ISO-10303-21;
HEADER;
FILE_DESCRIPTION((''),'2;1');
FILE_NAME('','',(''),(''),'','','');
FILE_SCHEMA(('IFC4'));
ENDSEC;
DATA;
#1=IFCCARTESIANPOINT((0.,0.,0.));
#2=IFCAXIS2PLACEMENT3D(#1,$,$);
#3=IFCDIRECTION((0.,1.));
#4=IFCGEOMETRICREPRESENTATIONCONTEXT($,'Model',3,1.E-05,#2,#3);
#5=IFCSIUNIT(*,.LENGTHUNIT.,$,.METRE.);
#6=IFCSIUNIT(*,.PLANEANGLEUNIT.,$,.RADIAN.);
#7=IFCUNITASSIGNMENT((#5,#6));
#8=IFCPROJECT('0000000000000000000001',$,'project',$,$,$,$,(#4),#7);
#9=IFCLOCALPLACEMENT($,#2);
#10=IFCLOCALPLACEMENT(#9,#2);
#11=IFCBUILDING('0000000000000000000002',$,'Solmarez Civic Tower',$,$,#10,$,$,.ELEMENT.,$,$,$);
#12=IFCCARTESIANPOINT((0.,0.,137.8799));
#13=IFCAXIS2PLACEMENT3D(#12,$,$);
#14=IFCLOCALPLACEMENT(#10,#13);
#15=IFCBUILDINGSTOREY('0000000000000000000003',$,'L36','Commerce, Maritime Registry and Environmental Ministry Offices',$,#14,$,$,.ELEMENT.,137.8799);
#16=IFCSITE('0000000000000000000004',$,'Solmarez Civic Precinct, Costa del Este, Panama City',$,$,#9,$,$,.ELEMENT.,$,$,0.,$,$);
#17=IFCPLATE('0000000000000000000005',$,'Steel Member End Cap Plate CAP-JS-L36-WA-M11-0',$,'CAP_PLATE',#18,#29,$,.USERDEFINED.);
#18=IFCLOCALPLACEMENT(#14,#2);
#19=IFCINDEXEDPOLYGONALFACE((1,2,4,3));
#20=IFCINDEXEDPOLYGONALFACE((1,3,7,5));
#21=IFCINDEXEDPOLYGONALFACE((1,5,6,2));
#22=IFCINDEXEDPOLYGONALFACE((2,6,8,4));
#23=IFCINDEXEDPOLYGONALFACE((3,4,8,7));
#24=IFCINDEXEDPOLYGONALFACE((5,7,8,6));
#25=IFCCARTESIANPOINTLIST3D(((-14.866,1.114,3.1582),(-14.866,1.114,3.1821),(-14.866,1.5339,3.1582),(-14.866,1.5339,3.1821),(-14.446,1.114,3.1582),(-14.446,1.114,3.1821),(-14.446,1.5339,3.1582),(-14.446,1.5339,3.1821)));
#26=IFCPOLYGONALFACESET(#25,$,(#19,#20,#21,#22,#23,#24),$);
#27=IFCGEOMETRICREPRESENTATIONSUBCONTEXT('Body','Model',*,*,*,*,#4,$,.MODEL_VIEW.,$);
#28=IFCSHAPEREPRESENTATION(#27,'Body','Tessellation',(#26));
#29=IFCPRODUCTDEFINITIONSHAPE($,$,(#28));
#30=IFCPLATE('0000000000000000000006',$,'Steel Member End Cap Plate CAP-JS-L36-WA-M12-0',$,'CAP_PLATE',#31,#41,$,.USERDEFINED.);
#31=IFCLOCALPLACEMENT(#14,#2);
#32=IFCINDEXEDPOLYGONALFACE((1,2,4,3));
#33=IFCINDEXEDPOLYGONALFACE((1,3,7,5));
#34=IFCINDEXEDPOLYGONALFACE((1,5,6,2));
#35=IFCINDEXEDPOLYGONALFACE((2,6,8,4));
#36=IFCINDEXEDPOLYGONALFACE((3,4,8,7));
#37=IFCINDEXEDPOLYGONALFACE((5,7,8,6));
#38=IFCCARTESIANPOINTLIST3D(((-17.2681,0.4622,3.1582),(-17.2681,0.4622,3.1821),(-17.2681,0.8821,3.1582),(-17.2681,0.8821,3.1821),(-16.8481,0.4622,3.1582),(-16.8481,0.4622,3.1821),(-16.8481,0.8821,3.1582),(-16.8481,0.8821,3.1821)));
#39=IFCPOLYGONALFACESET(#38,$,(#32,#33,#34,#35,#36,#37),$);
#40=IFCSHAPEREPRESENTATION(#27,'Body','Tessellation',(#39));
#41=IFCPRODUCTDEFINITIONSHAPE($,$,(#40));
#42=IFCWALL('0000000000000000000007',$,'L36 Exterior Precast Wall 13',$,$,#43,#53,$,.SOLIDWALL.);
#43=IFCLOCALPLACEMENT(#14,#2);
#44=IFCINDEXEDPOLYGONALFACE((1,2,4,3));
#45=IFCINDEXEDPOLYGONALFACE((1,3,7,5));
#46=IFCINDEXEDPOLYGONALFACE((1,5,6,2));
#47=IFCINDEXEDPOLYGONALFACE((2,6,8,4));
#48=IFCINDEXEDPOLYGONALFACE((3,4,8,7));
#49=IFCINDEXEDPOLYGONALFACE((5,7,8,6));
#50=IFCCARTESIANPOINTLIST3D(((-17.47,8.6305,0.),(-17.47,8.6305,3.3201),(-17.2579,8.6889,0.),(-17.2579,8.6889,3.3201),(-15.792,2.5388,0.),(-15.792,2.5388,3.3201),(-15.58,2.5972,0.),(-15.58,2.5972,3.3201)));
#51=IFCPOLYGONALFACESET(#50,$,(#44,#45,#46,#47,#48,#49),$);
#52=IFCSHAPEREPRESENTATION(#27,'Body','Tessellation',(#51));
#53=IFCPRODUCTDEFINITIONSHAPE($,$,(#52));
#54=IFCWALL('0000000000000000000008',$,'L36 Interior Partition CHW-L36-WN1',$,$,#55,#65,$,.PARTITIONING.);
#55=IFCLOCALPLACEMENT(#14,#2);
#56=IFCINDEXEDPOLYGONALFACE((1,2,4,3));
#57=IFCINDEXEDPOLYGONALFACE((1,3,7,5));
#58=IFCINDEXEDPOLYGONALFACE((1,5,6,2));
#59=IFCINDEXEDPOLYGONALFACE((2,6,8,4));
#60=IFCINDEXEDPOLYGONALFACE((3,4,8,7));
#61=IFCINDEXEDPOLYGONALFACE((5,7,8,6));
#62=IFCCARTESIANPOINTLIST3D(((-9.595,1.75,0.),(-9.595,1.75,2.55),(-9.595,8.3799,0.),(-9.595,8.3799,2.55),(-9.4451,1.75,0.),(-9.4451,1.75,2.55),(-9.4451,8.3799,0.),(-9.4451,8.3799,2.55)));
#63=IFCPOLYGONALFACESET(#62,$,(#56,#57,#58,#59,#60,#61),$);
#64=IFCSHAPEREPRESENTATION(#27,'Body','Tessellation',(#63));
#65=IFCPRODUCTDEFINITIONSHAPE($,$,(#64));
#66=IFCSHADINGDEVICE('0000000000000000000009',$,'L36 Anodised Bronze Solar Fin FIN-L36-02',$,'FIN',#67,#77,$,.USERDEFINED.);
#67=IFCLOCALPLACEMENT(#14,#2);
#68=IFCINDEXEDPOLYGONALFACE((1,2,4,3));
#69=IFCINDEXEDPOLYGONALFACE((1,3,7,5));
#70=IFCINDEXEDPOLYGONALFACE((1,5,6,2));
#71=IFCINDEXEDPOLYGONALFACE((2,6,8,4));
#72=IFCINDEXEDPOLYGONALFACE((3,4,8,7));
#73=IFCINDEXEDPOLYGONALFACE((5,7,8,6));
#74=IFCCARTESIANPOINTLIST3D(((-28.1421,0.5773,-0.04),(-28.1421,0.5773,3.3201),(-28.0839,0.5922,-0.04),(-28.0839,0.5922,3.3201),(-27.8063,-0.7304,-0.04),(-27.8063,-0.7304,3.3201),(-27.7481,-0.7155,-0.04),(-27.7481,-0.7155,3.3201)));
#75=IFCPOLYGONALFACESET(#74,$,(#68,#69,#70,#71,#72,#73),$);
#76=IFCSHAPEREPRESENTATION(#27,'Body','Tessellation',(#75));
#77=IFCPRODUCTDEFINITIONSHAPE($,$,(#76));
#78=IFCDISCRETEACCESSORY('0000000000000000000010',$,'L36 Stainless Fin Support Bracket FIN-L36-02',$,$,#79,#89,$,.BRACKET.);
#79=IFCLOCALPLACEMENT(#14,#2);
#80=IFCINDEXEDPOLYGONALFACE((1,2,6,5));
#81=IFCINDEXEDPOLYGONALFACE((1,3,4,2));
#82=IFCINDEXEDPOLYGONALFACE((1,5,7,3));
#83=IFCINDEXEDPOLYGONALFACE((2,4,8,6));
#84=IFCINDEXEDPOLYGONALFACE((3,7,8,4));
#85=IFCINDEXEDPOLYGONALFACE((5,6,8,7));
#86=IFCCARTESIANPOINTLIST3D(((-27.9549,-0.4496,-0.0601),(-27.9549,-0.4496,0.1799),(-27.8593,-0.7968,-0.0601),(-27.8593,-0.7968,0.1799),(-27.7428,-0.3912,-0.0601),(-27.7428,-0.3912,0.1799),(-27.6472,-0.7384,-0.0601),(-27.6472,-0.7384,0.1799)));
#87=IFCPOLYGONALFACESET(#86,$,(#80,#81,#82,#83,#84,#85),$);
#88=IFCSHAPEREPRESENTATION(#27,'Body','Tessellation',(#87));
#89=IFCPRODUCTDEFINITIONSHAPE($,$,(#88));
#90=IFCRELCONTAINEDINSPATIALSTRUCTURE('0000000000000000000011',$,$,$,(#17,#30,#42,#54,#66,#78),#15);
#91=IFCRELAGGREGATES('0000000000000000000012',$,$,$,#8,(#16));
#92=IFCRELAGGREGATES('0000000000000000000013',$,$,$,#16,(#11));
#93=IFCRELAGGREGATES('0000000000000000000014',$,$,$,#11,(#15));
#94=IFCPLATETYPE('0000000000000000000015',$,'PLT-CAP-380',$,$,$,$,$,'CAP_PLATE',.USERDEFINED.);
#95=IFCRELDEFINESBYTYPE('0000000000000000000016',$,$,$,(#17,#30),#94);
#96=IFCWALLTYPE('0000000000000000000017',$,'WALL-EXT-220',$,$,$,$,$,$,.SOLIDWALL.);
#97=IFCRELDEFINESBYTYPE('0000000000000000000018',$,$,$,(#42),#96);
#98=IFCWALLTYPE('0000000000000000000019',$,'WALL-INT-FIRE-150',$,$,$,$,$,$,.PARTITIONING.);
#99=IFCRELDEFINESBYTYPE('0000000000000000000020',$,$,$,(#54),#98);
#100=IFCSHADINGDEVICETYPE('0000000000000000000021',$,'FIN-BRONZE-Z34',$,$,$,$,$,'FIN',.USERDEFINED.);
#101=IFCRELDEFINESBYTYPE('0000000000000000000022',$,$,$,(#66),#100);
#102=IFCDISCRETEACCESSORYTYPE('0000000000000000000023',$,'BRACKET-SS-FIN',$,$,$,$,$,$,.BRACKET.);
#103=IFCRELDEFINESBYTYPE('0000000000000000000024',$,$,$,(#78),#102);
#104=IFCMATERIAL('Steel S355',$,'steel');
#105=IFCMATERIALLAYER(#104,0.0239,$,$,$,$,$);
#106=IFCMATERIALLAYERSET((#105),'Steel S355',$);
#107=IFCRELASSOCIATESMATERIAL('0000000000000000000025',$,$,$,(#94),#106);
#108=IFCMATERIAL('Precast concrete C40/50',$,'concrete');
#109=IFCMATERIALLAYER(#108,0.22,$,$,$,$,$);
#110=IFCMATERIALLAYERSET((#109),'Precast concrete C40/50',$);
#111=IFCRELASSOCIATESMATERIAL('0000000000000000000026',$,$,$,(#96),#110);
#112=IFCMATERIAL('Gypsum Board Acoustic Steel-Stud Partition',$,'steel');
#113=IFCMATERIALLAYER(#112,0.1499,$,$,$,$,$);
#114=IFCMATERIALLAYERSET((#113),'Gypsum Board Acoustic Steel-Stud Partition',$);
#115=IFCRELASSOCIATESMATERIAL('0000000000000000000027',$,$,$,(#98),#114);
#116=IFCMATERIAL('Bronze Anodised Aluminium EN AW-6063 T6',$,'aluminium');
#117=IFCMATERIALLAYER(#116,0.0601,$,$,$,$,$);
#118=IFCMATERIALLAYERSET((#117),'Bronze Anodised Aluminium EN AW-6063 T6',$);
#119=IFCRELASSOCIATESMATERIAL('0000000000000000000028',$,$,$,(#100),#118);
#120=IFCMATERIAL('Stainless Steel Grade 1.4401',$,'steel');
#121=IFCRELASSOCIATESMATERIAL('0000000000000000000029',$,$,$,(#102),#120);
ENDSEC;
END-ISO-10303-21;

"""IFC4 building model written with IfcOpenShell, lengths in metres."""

from ifc_helpers import new_model, si_unit, direction, frame, frame_2d, origin, origin_2d, place, context, subcontext, project, spatial, rectangle, extrude, material, layer, layer_set, type_object, element, save


model = new_model("IFC4")

# Units and contexts
model_context = context("Model", 3, precision=1e-05, world=origin(), true_north=direction((0.0, 1.0)))
body_context = subcontext(model_context, "Body", "Model", "MODEL_VIEW")
ifc_project = project(units=[si_unit("LENGTHUNIT", "METRE"), si_unit("PLANEANGLEUNIT", "RADIAN")], contexts=[model_context])

# Site, building, storey
site_placement = place(None, origin())
site = spatial("IfcSite", under=ifc_project, at=site_placement, Name="Solmarez Civic Precinct, Costa del Este, Panama City", CompositionType="ELEMENT", RefElevation=0.0)
building_placement = place(site_placement, origin())
building = spatial("IfcBuilding", under=site, at=building_placement, Name="Solmarez Civic Tower", CompositionType="ELEMENT")
storey_placement = place(building_placement, frame((0.0, 0.0, 137.8799)))
storey = spatial("IfcBuildingStorey", under=building, at=storey_placement, Name="L36", Description="Commerce, Maritime Registry and Environmental Ministry Offices", CompositionType="ELEMENT", Elevation=137.8799)

# Shared definitions
ifc_material_1 = material(Name="Steel S355", Category="steel")

# Plates
ifc_layer_1 = layer(ifc_material_1, 0.0239)
ifc_layer_set_1 = layer_set([ifc_layer_1], Name="Steel S355")
plate_type = type_object("IfcPlateType", Name="PLT-CAP-380", ElementType="CAP_PLATE", PredefinedType="USERDEFINED", material=ifc_layer_set_1)
for number, where, z_axis, x_axis, name in (
    (1, (-14.656, 1.324, 3.1582), (0.0, 0.0, 1.0), (1.0, 0.0, 0.0), "Steel Member End Cap Plate CAP-JS-L36-WA-M11-0"),
    (2, (-17.0581, 0.6721, 3.1582), (0.0, 0.0, 1.0), (1.0, 0.0, 0.0), "Steel Member End Cap Plate CAP-JS-L36-WA-M12-0"),
):
    element("IfcPlate", number, at=place(storey_placement, frame(where, z_axis=z_axis, x_axis=x_axis)), inside=storey, type_object=plate_type, Name=name, ObjectType="CAP_PLATE", PredefinedType="USERDEFINED", context=body_context, shape_type="SweptSolid", body=[
        extrude(rectangle(XDim=0.4199, YDim=0.4199, at=origin_2d()), origin(), (0.0, 0.0, 1.0), 0.0239),
    ])

# Walls
ifc_material_2 = material(Name="Precast concrete C40/50", Category="concrete")
ifc_layer_2 = layer(ifc_material_2, 0.22)
ifc_layer_set_2 = layer_set([ifc_layer_2], Name="Precast concrete C40/50")
wall_type_1 = type_object("IfcWallType", Name="WALL-EXT-220", PredefinedType="SOLIDWALL", material=ifc_layer_set_2)
wall_1_placement = place(storey_placement, frame((-15.686, 2.5681, 0.0), z_axis=(0.0, 0.0, 1.0), x_axis=(-0.265559, 0.964095, 0.0)))
element("IfcWall", 3, at=wall_1_placement, inside=storey, type_object=wall_type_1, Name="L36 Exterior Precast Wall 13", PredefinedType="SOLIDWALL", context=body_context, shape_type="SweptSolid", body=[
    extrude(rectangle(XDim=6.3186, YDim=0.22, at=frame_2d((3.1592, 0.0))), origin(), (0.0, 0.0, 1.0), 3.3201),
])
ifc_material_3 = material(Name="Gypsum Board Acoustic Steel-Stud Partition", Category="steel")
ifc_layer_3 = layer(ifc_material_3, 0.1499)
ifc_layer_set_3 = layer_set([ifc_layer_3], Name="Gypsum Board Acoustic Steel-Stud Partition")
wall_type_2 = type_object("IfcWallType", Name="WALL-INT-FIRE-150", PredefinedType="PARTITIONING", material=ifc_layer_set_3)
wall_2_placement = place(storey_placement, frame((-9.52, 1.75, 0.0), z_axis=(0.0, 0.0, 1.0), x_axis=(0.0, 1.0, 0.0)))
element("IfcWall", 4, at=wall_2_placement, inside=storey, type_object=wall_type_2, Name="L36 Interior Partition CHW-L36-WN1", PredefinedType="PARTITIONING", context=body_context, shape_type="SweptSolid", body=[
    extrude(rectangle(XDim=6.6299, YDim=0.1499, at=frame_2d((3.3149, 0.0))), origin(), (0.0, 0.0, 1.0), 2.55),
])

# Shading device
ifc_material_4 = material(Name="Bronze Anodised Aluminium EN AW-6063 T6", Category="aluminium")
ifc_layer_4 = layer(ifc_material_4, 0.0601)
ifc_layer_set_4 = layer_set([ifc_layer_4], Name="Bronze Anodised Aluminium EN AW-6063 T6")
shading_device_type = type_object("IfcShadingDeviceType", Name="FIN-BRONZE-Z34", ElementType="FIN", PredefinedType="USERDEFINED", material=ifc_layer_set_4)
shading_device_placement = place(storey_placement, frame((-27.9451, -0.0691, -0.04), z_axis=(0.0, 0.0, 1.0), x_axis=(-0.248724, 0.968574, 0.0)))
element("IfcShadingDevice", 5, at=shading_device_placement, inside=storey, type_object=shading_device_type, Name="L36 Anodised Bronze Solar Fin FIN-L36-02", ObjectType="FIN", PredefinedType="USERDEFINED", context=body_context, shape_type="SweptSolid", body=[
    extrude(rectangle(XDim=1.3501, YDim=0.0601, at=origin_2d()), origin(), (0.0, 0.0, 1.0), 3.3601),
])

# Discrete accessory
ifc_material_5 = material(Name="Stainless Steel Grade 1.4401", Category="steel")
discrete_accessory_type = type_object("IfcDiscreteAccessoryType", Name="BRACKET-SS-FIN", PredefinedType="BRACKET", material=ifc_material_5)
discrete_accessory_placement = place(storey_placement, frame((-27.801, -0.594, -0.0601), z_axis=(0.0, 0.0, 1.0), x_axis=(-0.265494, 0.964112, 0.0)))
element("IfcDiscreteAccessory", 6, at=discrete_accessory_placement, inside=storey, type_object=discrete_accessory_type, Name="L36 Stainless Fin Support Bracket FIN-L36-02", PredefinedType="BRACKET", context=body_context, shape_type="SweptSolid", body=[
    extrude(rectangle(XDim=0.3601, YDim=0.22, at=origin_2d()), origin(), (0.0, 0.0, 1.0), 0.24),
])

save(model, "model.ifc")
